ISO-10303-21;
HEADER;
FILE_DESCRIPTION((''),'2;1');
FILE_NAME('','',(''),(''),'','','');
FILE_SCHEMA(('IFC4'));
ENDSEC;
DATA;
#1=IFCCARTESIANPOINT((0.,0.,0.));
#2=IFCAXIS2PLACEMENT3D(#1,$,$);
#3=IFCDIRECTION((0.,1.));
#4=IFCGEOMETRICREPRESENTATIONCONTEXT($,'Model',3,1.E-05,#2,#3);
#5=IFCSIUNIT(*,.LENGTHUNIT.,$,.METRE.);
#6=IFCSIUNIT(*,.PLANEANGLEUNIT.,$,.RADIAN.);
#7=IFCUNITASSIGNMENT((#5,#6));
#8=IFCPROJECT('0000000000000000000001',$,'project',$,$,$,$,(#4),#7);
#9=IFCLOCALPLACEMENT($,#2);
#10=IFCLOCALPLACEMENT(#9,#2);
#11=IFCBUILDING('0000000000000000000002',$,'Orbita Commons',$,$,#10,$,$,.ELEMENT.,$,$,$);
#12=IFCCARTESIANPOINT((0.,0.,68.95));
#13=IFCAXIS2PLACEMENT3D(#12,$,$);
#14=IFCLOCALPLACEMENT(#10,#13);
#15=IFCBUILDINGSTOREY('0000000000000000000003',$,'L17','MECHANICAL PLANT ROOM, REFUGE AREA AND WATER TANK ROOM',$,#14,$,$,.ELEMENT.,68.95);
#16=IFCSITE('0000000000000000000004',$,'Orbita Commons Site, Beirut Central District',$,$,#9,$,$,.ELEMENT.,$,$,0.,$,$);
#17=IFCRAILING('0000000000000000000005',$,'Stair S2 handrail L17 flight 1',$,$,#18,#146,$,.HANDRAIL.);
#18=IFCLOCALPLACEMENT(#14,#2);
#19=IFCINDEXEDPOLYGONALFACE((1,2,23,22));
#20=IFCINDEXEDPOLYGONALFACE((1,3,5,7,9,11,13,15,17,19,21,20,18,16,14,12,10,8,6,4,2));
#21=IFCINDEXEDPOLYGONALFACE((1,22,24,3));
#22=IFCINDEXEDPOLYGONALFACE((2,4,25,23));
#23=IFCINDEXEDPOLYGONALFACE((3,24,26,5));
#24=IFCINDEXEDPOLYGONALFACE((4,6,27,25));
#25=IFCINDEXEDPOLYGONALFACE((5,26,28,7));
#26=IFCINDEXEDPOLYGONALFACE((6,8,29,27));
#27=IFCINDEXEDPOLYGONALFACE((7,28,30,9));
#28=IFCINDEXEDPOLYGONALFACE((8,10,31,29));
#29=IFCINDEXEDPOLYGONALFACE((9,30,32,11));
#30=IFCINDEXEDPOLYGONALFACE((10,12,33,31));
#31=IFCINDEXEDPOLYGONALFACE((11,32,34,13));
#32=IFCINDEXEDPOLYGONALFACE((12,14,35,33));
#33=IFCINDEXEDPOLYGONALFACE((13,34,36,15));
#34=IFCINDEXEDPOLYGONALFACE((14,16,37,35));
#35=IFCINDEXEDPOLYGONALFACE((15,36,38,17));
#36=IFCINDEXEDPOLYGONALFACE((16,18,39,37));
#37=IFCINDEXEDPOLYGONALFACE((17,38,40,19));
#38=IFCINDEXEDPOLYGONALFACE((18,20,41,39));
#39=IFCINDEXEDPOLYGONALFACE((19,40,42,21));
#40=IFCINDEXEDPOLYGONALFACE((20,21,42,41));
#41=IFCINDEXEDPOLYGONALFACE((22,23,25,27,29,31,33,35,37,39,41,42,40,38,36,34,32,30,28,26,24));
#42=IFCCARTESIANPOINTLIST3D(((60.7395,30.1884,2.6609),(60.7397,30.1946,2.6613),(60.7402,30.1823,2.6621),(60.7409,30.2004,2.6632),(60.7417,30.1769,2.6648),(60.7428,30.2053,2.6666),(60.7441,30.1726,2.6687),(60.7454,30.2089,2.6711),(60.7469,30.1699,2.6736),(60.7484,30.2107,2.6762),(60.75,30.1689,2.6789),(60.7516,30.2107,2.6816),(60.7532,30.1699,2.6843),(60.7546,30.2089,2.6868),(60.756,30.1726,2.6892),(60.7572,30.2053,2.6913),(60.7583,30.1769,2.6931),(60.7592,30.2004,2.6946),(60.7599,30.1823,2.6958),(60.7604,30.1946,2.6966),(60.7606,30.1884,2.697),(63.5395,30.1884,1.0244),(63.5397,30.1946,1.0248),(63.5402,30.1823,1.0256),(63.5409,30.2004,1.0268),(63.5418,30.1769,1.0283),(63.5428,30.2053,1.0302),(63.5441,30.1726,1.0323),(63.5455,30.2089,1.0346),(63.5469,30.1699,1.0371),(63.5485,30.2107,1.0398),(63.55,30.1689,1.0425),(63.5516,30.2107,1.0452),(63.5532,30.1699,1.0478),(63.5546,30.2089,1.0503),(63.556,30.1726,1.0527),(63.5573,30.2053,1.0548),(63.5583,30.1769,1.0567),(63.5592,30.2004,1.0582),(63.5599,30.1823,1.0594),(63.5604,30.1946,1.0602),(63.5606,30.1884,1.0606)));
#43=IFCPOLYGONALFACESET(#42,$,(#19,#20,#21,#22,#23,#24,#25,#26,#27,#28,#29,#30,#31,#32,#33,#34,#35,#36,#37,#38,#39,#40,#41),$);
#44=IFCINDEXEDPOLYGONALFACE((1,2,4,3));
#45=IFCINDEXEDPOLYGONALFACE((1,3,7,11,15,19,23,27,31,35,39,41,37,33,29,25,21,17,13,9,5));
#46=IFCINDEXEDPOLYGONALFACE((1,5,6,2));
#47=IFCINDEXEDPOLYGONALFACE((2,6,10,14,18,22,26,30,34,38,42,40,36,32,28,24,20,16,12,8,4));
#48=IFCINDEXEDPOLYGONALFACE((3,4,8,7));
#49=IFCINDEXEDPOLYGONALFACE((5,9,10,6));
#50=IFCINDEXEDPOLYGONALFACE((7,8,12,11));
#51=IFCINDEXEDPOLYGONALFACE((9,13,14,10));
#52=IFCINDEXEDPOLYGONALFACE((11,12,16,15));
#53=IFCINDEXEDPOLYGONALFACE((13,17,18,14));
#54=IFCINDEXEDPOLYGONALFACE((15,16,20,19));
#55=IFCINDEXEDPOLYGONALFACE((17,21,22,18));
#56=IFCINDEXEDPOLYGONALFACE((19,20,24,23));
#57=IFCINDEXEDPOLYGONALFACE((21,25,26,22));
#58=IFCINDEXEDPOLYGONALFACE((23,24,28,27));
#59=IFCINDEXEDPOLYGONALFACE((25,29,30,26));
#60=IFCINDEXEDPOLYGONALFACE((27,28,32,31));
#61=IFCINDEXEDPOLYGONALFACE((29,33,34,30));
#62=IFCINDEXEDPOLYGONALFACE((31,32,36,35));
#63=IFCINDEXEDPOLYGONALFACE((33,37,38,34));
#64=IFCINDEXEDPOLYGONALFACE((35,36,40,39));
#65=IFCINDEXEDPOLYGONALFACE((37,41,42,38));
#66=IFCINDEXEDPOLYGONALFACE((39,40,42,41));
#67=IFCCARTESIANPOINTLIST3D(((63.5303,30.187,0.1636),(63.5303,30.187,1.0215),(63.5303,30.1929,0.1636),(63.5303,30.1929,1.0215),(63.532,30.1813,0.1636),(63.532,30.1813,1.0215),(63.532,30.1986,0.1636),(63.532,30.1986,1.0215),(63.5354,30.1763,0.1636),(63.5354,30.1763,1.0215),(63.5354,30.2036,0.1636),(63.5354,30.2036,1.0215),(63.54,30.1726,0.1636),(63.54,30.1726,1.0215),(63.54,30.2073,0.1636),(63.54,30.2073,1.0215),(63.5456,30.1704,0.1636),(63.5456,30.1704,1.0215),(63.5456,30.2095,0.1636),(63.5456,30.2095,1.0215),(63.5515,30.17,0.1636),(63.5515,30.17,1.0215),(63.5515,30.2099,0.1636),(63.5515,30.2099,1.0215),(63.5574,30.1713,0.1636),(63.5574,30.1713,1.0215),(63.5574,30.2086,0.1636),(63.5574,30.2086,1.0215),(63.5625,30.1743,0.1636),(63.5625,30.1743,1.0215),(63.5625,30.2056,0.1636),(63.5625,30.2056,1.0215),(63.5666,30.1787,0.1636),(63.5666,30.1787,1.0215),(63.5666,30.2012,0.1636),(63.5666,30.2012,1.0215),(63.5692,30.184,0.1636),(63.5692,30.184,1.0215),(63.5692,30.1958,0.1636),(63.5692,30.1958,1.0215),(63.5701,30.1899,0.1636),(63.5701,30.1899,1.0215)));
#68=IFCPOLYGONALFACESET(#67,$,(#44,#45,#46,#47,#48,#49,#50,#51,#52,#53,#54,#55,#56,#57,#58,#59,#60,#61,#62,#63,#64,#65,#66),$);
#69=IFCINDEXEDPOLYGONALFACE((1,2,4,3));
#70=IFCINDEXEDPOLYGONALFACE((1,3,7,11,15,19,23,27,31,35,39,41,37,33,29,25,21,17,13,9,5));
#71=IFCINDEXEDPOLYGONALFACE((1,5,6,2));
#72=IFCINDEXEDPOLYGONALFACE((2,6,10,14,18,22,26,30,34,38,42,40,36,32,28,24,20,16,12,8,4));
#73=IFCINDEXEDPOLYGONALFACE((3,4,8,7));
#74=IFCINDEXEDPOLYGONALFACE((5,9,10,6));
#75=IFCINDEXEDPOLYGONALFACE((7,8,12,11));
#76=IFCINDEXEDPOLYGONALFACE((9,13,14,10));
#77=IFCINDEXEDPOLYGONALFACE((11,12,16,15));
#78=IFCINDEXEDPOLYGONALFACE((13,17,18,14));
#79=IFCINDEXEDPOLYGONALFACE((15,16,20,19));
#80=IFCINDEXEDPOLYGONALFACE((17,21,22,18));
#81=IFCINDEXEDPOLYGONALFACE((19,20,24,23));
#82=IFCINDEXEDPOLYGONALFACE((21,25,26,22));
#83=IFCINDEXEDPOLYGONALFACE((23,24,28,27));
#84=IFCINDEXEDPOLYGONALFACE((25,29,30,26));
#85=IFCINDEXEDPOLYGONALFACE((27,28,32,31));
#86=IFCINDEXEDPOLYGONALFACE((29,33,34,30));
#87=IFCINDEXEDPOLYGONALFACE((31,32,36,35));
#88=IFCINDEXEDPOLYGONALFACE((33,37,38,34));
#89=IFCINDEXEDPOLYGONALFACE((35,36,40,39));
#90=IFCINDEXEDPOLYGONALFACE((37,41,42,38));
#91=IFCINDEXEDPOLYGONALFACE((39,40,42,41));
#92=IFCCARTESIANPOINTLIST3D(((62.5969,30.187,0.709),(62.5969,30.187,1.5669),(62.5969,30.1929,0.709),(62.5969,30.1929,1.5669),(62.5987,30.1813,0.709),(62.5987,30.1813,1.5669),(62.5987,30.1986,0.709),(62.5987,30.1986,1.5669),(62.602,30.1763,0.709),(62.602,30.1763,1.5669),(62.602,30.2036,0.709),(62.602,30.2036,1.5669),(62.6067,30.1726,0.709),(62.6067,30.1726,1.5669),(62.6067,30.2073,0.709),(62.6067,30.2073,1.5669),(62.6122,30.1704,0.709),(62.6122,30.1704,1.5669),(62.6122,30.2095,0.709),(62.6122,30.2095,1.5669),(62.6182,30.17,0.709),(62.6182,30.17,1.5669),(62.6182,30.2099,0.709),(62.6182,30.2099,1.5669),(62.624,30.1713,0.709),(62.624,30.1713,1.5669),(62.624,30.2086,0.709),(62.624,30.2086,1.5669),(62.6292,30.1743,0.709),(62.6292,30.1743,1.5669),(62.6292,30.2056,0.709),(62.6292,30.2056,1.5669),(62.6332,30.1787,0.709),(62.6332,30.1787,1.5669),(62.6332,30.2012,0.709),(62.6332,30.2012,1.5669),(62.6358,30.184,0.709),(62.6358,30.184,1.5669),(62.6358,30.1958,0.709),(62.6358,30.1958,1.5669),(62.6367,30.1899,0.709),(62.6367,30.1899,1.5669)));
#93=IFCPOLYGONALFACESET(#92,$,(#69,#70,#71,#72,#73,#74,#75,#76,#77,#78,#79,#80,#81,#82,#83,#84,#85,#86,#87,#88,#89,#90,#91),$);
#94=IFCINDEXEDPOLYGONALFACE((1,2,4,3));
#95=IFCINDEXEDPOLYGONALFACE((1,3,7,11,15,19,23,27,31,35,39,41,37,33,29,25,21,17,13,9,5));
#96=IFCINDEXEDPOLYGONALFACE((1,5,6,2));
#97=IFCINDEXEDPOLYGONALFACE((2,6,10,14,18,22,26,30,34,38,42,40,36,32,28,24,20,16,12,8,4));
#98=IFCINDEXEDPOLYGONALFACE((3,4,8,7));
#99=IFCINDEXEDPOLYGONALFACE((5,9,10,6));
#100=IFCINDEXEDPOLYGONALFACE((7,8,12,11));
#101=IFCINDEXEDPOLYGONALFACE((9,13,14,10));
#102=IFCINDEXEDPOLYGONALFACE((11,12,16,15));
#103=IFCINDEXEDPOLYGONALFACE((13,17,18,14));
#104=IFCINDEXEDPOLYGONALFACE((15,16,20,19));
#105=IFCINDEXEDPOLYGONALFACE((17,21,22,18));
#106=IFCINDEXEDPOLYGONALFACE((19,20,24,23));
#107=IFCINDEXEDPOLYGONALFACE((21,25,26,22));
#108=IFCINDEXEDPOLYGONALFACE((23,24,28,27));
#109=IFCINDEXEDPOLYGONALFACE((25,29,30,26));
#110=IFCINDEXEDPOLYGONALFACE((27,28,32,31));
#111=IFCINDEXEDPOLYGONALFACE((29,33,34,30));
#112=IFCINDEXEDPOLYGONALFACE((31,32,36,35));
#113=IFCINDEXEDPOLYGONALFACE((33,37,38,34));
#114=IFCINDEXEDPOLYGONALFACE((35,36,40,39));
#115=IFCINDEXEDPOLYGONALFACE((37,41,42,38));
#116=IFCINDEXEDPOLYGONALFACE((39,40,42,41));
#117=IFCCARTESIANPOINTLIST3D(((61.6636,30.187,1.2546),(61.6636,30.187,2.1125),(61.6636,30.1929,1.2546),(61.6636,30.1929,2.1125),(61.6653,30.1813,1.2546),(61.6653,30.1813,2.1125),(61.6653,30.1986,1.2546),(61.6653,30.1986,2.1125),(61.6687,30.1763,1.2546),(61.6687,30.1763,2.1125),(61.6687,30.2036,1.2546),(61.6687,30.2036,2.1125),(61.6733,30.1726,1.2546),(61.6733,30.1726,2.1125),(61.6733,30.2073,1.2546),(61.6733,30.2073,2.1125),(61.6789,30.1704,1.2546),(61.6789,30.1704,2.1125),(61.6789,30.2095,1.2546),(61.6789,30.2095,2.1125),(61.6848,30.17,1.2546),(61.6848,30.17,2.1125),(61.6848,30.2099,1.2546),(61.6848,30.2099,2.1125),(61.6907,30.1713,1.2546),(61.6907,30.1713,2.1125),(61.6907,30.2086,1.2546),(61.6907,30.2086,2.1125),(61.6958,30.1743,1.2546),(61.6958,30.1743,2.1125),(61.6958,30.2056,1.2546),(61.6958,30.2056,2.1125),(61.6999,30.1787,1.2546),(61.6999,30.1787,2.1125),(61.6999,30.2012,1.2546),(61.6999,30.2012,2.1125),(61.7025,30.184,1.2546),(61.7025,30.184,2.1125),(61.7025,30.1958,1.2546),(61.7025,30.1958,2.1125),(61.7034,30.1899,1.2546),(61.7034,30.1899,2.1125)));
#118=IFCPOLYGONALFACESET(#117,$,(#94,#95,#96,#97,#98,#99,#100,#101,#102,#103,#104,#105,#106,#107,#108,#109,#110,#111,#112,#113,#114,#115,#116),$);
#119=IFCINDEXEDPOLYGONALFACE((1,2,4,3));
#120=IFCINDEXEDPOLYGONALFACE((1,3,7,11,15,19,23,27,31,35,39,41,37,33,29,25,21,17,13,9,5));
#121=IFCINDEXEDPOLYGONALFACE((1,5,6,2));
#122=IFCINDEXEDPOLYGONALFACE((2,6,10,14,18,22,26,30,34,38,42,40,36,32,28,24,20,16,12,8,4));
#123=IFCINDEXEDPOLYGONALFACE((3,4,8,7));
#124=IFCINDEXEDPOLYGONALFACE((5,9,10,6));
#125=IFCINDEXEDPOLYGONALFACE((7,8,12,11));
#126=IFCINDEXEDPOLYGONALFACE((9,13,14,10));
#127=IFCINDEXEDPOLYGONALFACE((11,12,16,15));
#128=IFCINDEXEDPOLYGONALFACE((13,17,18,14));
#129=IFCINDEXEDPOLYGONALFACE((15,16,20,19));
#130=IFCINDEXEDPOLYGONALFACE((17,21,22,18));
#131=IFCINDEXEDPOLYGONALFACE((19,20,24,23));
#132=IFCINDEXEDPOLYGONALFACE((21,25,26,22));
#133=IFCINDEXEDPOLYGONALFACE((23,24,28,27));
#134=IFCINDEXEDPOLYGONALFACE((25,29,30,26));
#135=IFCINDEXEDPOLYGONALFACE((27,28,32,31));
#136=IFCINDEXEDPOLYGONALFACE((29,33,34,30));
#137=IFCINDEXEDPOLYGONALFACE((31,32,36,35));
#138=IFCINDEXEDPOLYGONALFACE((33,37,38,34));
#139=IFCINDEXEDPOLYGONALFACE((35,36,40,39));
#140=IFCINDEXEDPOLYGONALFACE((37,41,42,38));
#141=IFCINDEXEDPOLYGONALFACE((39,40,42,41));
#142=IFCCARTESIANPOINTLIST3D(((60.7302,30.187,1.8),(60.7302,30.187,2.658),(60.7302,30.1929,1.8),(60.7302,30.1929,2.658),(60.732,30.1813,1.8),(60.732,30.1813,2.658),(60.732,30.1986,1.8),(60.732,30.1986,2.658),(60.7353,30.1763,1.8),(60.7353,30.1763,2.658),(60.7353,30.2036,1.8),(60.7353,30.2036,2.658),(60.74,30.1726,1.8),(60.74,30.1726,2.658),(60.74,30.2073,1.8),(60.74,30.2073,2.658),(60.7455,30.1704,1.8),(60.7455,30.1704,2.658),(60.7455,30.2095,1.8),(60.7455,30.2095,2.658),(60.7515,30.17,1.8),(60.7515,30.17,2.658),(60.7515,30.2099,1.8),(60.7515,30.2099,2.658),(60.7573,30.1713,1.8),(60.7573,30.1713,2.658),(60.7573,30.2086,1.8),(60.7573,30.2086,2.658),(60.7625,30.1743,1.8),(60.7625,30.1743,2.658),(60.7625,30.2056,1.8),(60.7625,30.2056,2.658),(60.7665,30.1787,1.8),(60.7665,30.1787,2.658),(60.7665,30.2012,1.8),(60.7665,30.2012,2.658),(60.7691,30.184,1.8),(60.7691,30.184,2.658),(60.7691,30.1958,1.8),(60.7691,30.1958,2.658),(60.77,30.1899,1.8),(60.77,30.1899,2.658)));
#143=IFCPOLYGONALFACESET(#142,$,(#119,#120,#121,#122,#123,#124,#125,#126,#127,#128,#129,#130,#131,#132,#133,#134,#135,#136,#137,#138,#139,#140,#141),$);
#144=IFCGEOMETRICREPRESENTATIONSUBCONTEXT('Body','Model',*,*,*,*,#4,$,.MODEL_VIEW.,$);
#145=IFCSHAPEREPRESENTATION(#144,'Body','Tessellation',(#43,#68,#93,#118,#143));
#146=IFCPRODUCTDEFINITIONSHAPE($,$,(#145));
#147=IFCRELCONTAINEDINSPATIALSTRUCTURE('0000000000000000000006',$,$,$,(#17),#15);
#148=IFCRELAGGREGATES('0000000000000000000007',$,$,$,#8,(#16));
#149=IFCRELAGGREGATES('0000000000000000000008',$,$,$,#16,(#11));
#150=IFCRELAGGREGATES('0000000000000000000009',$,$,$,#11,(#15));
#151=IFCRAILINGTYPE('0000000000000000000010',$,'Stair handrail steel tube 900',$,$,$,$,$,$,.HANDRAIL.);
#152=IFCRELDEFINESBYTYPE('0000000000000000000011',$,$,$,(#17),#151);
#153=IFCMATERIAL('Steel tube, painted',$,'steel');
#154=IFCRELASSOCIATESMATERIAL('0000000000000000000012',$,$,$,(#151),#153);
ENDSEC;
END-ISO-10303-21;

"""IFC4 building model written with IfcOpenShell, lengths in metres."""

from ifc_helpers import new_model, si_unit, direction, frame, origin, origin_2d, place, context, subcontext, project, spatial, circle, extrude, material, type_object, element, save


model = new_model("IFC4")

# Units and contexts
model_context = context("Model", 3, precision=1e-05, world=origin(), true_north=direction((0.0, 1.0)))
body_context = subcontext(model_context, "Body", "Model", "MODEL_VIEW")
ifc_project = project(units=[si_unit("LENGTHUNIT", "METRE"), si_unit("PLANEANGLEUNIT", "RADIAN")], contexts=[model_context])

# Site, building, storey
site_placement = place(None, origin())
site = spatial("IfcSite", under=ifc_project, at=site_placement, Name="Orbita Commons Site, Beirut Central District", CompositionType="ELEMENT", RefElevation=0.0)
building_placement = place(site_placement, origin())
building = spatial("IfcBuilding", under=site, at=building_placement, Name="Orbita Commons", CompositionType="ELEMENT")
storey_placement = place(building_placement, frame((0.0, 0.0, 68.95)))
storey = spatial("IfcBuildingStorey", under=building, at=storey_placement, Name="L17", Description="MECHANICAL PLANT ROOM, REFUGE AREA AND WATER TANK ROOM", CompositionType="ELEMENT", Elevation=68.95)

# Railing
ifc_material_1 = material(Name="Steel tube, painted", Category="steel")
railing_type = type_object("IfcRailingType", Name="Stair handrail steel tube 900", PredefinedType="HANDRAIL", material=ifc_material_1)
for number, where, name in (
    (1, (63.55, 30.1899, 0.1636), "Stair S2 handrail L17 flight 1"),
):
    element("IfcRailing", number, at=place(storey_placement, frame(where)), inside=storey, type_object=railing_type, Name=name, PredefinedType="HANDRAIL", context=body_context, shape_type="SweptSolid", body=[
        extrude(circle(Radius=0.021, at=origin_2d()), frame((0.0, 0.0, 0.8789), z_axis=(-0.863361, 0.0, 0.504587), x_axis=(0.0, -1.0, 0.0)), (0.0, 0.0, 1.0), 3.2432),
        extrude(circle(Radius=0.02, at=origin_2d()), origin(), (0.0, 0.0, 1.0), 0.8579),
        extrude(circle(Radius=0.02, at=origin_2d()), frame((-0.9333, 0.0, 0.5454)), (0.0, 0.0, 1.0), 0.8579),
        extrude(circle(Radius=0.02, at=origin_2d()), frame((-1.8667, 0.0, 1.0911)), (0.0, 0.0, 1.0), 0.8579),
        extrude(circle(Radius=0.02, at=origin_2d()), frame((-2.8, 0.0, 1.6365)), (0.0, 0.0, 1.0), 0.8579),
    ])

save(model, "model.ifc")
